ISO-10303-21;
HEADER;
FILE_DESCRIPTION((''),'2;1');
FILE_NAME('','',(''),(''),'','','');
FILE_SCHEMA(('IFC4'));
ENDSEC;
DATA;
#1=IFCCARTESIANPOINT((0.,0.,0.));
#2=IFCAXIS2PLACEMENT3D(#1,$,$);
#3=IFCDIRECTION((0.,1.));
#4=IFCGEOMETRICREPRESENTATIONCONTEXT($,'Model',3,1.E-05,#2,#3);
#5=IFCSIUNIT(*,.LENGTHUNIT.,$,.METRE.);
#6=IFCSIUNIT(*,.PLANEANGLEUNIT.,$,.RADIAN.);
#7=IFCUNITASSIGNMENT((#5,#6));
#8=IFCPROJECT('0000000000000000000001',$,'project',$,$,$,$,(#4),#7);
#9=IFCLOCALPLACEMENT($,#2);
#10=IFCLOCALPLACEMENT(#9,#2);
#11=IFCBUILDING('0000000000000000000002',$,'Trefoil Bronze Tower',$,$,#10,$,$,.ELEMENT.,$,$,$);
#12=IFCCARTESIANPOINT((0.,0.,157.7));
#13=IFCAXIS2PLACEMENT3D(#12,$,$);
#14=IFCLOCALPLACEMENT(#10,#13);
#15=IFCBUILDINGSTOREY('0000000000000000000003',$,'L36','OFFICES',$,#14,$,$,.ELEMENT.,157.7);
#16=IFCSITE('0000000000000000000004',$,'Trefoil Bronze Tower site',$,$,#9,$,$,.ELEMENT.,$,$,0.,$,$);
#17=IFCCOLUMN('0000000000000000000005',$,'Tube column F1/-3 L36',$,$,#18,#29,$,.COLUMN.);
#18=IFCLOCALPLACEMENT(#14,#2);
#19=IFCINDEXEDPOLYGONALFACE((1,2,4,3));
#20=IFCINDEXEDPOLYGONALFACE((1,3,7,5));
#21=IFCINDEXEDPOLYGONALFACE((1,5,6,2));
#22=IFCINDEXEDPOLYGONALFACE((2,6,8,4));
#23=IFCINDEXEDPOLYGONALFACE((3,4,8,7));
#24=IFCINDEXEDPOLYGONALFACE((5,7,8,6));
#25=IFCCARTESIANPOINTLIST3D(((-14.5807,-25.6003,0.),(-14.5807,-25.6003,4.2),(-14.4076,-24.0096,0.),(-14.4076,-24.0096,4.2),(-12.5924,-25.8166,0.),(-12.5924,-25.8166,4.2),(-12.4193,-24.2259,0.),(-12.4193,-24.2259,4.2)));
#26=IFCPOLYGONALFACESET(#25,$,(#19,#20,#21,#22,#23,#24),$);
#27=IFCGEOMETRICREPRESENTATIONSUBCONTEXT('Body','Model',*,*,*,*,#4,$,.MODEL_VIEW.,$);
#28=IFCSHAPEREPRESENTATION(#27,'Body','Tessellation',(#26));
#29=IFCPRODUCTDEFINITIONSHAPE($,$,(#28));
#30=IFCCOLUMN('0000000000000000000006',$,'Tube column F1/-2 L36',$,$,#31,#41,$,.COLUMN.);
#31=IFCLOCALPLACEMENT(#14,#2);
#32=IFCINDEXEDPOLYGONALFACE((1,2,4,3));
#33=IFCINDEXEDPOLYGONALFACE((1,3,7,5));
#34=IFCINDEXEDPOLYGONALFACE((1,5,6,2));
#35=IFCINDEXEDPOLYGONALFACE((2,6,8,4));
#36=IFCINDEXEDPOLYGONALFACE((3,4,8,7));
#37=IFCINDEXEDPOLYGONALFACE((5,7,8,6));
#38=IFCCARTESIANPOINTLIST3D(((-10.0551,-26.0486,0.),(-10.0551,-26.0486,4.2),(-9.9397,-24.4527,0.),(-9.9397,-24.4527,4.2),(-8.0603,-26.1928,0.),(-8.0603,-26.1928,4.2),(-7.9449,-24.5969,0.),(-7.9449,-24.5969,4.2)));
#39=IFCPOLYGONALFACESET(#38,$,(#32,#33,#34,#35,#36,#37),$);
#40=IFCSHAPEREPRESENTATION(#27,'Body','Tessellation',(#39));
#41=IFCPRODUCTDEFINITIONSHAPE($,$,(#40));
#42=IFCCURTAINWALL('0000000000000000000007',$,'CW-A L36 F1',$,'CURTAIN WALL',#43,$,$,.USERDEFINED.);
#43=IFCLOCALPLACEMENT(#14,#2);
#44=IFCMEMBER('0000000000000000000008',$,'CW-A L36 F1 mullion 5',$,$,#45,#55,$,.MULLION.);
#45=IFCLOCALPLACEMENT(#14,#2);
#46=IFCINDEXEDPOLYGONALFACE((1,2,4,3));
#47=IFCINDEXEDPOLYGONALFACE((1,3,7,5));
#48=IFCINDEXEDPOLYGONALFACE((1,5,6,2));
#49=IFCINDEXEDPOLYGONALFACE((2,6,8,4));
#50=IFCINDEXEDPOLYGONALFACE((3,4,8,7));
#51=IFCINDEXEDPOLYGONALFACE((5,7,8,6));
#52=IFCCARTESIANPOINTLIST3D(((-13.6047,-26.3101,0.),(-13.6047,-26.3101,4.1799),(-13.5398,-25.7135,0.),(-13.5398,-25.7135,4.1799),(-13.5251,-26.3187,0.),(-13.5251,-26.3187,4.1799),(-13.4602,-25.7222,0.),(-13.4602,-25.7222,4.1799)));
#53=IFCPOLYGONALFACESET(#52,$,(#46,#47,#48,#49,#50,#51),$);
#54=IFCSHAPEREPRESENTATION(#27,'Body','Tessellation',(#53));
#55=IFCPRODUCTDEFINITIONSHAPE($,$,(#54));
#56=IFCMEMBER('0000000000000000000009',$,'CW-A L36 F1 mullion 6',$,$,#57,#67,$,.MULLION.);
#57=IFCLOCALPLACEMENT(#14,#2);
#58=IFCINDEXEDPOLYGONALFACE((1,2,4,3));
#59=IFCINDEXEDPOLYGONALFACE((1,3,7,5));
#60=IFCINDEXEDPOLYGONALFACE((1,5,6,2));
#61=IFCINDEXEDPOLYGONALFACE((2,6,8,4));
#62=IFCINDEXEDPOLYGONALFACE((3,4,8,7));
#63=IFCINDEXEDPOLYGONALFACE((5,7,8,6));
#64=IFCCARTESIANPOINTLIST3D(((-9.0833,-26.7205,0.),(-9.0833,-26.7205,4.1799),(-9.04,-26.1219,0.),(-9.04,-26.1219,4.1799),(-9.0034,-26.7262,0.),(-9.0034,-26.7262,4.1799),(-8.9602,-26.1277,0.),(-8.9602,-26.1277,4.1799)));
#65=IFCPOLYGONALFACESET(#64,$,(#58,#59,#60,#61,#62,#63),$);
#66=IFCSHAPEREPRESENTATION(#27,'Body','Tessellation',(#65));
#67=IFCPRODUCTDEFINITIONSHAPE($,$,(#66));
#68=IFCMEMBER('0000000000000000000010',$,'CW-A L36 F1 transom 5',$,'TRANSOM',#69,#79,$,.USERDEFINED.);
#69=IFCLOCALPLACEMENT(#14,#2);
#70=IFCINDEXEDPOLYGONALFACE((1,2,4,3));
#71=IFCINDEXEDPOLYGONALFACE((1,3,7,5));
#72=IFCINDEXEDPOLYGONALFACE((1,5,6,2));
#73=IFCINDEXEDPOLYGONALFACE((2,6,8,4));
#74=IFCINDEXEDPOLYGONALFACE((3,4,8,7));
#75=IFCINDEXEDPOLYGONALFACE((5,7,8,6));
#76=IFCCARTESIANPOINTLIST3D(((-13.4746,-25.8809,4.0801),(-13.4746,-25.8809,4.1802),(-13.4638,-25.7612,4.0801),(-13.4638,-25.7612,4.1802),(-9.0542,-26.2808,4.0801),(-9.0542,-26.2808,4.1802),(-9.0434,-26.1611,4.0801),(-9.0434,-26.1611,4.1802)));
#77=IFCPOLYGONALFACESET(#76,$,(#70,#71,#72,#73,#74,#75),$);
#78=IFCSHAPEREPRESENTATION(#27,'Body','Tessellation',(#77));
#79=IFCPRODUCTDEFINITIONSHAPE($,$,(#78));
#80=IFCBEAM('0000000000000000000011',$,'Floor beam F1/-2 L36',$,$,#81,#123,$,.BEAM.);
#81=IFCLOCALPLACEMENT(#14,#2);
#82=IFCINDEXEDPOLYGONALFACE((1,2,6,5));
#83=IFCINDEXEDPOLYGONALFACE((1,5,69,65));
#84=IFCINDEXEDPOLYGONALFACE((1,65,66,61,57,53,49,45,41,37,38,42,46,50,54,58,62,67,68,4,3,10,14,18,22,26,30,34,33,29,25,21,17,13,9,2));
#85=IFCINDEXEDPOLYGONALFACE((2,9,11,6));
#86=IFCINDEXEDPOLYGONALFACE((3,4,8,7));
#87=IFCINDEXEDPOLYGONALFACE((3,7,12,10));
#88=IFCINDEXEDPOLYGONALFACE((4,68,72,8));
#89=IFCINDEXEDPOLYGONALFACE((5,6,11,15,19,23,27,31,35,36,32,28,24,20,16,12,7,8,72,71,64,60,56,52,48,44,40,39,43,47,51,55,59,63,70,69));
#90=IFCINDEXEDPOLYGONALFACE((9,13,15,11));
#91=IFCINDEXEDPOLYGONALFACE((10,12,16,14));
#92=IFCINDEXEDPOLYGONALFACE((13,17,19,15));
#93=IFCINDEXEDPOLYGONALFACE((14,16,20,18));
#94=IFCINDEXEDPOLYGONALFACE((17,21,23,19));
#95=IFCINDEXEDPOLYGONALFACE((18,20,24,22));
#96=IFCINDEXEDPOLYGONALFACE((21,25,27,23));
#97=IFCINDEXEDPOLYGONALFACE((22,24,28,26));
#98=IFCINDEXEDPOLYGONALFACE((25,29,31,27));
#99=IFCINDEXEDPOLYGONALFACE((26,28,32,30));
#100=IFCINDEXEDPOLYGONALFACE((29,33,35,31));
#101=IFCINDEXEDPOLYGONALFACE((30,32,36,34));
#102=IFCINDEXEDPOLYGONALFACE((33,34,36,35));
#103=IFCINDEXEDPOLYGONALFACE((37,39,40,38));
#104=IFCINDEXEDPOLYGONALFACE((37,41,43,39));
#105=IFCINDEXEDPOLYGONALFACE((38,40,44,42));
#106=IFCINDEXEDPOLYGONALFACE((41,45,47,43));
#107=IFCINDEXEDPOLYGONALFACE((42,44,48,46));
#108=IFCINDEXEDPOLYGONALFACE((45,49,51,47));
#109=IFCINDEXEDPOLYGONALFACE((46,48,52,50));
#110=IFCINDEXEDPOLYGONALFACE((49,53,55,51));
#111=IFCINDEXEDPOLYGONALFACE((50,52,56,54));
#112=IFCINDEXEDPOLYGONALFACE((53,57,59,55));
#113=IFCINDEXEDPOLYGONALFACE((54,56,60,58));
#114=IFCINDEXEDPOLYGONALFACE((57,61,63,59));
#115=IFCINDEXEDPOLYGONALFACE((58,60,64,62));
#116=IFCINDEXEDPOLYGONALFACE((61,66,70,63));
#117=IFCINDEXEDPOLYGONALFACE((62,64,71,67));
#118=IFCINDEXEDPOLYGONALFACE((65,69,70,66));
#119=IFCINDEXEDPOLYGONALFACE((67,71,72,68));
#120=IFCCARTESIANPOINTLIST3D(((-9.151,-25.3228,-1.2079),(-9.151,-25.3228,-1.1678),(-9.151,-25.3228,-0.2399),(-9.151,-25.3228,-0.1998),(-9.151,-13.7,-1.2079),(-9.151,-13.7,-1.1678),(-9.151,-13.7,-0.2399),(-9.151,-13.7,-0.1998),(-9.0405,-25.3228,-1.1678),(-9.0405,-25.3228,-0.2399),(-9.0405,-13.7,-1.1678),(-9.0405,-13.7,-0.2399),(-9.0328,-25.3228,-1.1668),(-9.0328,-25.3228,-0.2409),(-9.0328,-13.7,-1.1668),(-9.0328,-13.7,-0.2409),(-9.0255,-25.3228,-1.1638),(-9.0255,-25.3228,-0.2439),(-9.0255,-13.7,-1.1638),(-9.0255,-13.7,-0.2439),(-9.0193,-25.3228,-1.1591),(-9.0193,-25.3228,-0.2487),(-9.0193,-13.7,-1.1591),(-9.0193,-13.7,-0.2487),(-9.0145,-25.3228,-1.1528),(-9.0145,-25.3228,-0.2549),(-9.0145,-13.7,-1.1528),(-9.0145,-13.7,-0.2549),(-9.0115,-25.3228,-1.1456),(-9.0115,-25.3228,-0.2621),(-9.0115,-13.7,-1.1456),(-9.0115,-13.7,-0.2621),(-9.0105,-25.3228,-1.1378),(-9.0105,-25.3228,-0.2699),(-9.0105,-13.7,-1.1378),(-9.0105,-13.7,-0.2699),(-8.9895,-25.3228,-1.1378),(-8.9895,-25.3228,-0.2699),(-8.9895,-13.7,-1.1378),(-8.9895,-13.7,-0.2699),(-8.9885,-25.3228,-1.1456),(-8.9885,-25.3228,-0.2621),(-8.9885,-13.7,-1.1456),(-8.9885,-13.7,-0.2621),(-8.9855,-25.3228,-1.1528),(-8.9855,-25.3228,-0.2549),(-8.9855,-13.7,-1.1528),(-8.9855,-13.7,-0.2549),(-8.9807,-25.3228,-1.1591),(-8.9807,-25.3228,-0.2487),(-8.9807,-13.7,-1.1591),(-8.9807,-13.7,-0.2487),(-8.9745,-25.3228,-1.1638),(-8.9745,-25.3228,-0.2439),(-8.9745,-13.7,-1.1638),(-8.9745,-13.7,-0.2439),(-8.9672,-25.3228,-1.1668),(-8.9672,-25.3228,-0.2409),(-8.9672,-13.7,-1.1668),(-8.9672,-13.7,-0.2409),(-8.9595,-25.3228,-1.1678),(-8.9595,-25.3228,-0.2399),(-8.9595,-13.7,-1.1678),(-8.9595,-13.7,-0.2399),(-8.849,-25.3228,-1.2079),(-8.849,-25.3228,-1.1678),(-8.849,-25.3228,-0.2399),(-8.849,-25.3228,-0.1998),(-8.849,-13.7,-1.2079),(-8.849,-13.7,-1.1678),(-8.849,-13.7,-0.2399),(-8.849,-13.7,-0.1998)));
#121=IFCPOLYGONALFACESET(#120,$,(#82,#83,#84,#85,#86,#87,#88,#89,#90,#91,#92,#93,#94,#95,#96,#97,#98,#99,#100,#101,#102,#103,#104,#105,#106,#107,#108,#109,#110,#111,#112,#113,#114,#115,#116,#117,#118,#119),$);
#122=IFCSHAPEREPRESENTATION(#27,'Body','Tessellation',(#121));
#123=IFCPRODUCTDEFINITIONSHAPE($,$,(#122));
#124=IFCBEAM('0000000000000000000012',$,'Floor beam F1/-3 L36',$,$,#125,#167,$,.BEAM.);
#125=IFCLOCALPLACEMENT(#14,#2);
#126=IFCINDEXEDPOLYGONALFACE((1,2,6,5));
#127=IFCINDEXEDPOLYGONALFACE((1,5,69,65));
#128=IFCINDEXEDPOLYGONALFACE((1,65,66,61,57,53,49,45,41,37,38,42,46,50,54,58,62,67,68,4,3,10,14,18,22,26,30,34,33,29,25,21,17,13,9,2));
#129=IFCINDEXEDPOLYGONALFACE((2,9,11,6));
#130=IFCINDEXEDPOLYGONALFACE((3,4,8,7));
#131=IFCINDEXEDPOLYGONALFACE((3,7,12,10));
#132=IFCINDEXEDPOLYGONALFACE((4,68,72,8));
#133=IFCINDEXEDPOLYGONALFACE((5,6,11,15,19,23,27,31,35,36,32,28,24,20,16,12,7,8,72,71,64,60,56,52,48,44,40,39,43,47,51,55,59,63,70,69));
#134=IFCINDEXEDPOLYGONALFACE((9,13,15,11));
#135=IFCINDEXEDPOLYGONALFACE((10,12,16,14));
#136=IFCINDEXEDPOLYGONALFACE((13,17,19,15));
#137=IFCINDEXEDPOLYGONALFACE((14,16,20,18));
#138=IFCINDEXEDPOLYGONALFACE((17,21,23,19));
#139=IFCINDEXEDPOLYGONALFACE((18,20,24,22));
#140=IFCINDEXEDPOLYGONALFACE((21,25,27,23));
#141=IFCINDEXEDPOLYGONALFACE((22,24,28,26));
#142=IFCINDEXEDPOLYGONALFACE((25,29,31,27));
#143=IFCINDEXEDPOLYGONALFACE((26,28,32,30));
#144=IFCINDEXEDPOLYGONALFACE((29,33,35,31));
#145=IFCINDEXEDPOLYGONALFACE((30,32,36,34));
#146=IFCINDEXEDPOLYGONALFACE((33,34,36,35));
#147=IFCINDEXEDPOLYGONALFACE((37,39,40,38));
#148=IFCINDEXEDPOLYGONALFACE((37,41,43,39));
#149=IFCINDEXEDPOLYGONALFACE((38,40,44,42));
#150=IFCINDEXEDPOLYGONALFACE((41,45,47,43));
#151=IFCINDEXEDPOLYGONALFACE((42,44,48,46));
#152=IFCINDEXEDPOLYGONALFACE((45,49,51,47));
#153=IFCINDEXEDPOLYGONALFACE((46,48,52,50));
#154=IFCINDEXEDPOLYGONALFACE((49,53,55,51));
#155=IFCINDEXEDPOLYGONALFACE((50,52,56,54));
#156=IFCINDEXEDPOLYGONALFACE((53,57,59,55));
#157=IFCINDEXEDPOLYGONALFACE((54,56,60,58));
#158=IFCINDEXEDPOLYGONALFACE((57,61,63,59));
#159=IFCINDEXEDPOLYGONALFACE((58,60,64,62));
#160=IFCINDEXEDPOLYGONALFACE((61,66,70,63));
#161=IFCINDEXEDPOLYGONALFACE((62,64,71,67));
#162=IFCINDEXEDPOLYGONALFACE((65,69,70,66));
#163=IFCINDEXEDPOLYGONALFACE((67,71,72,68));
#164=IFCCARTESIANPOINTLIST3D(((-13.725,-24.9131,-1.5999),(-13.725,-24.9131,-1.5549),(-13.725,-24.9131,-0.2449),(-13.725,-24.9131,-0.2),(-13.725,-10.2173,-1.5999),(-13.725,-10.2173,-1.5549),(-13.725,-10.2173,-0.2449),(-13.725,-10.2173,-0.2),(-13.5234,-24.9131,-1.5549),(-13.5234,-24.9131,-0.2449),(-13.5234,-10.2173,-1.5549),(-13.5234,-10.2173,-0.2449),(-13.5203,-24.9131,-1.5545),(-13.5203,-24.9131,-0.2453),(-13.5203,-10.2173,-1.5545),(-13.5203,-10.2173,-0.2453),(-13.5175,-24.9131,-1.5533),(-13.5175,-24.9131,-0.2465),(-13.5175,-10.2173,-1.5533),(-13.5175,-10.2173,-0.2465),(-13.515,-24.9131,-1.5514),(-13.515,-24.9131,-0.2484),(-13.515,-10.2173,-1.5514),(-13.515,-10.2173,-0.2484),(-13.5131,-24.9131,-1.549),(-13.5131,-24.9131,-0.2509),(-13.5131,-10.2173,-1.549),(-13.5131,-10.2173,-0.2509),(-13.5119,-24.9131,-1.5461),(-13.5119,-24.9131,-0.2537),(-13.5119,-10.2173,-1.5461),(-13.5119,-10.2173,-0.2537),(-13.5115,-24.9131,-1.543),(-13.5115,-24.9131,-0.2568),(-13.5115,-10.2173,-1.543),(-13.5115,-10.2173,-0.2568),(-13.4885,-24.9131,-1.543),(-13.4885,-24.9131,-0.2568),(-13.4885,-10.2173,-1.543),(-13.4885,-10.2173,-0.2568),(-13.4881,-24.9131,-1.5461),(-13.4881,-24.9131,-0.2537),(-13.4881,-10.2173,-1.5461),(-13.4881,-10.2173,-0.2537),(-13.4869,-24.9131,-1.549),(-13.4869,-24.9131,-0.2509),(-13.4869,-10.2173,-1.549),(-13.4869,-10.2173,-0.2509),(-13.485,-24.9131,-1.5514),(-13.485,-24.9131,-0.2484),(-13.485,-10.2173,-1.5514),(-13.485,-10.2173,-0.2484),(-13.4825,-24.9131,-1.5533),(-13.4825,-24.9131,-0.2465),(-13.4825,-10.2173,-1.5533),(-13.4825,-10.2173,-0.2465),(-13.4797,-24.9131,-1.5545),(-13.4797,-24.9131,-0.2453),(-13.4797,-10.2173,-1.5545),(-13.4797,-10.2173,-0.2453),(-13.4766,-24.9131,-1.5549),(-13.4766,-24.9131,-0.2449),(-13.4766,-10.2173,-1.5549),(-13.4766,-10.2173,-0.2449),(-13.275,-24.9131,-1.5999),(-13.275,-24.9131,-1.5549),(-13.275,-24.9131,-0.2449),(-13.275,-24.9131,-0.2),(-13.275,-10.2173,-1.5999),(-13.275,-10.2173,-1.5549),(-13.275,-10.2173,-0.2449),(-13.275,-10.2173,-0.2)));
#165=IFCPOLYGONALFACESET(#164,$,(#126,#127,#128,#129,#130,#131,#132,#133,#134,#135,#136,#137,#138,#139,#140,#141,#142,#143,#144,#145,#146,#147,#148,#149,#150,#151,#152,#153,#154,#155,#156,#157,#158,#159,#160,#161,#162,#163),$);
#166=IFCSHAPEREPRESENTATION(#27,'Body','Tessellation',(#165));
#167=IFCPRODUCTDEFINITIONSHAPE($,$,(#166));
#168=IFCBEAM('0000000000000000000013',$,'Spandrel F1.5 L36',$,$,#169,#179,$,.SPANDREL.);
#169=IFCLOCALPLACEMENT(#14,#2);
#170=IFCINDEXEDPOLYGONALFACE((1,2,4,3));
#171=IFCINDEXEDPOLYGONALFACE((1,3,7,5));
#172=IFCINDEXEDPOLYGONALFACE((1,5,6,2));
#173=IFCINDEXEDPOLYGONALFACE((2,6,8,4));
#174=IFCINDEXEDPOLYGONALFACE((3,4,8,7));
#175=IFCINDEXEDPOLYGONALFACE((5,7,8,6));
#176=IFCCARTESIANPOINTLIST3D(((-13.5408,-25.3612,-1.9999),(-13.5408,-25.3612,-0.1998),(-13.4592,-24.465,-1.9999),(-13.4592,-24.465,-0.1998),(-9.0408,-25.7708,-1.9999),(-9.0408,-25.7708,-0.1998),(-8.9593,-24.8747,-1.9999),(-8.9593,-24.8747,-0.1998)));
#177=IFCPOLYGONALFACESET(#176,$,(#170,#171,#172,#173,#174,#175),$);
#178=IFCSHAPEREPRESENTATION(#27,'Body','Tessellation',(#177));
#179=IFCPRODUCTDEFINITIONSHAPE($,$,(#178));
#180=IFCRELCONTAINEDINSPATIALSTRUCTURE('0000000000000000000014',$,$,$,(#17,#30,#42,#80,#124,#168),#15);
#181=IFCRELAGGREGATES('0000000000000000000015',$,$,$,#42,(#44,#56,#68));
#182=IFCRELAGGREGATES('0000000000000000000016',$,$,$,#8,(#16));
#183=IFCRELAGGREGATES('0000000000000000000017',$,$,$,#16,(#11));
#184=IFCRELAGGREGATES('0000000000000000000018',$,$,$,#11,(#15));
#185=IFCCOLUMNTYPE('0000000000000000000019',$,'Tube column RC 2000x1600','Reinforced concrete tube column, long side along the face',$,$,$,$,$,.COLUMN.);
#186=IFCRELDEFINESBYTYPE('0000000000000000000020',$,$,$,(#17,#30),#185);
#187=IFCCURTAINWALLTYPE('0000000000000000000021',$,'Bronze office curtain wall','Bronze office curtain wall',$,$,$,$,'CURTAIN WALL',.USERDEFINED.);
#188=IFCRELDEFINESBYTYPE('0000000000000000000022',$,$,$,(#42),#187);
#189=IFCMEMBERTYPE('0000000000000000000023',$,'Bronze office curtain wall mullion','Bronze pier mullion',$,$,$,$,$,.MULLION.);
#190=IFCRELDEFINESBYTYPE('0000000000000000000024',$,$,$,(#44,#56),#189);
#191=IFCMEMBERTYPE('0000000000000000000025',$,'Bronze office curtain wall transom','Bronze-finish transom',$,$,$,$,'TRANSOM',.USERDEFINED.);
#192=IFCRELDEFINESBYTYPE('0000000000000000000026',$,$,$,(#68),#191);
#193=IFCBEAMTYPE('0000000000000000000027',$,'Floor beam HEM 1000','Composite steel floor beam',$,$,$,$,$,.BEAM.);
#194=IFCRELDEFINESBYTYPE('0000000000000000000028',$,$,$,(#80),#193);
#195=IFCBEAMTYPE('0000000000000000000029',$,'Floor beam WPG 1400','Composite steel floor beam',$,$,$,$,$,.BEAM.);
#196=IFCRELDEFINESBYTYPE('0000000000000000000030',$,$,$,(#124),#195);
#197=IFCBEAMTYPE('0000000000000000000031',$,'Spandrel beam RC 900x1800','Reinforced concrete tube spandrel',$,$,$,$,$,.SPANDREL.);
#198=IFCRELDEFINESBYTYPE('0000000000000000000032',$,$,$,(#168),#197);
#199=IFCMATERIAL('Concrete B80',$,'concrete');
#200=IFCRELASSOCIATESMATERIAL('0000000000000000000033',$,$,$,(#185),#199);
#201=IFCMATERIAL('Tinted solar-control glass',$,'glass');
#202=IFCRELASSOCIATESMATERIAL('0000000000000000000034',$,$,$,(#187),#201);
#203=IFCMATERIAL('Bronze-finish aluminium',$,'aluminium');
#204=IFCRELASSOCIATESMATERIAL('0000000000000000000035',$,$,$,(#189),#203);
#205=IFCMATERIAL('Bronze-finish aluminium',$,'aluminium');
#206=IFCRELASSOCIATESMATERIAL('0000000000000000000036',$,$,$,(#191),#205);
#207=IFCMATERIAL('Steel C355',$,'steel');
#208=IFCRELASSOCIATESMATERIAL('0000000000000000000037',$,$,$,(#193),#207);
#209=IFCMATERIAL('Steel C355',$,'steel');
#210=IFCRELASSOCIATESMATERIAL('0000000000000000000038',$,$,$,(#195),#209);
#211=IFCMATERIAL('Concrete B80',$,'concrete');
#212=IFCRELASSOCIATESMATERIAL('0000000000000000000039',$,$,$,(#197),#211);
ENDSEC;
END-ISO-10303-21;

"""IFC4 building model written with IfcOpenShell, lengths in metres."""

from ifc_helpers import new_model, si_unit, direction, frame, origin, origin_2d, place, context, subcontext, project, spatial, rectangle, i_section, extrude, material, material_profile, profile_set, type_object, element, aggregate, save


model = new_model("IFC4")

# Units and contexts
model_context = context("Model", 3, precision=1e-05, world=origin(), true_north=direction((0.0, 1.0)))
body_context = subcontext(model_context, "Body", "Model", "MODEL_VIEW")
ifc_project = project(units=[si_unit("LENGTHUNIT", "METRE"), si_unit("PLANEANGLEUNIT", "RADIAN")], contexts=[model_context])

# Site, building, storey
site_placement = place(None, origin())
site = spatial("IfcSite", under=ifc_project, at=site_placement, Name="Trefoil Bronze Tower site", CompositionType="ELEMENT", RefElevation=0.0)
building_placement = place(site_placement, origin())
building = spatial("IfcBuilding", under=site, at=building_placement, Name="Trefoil Bronze Tower", CompositionType="ELEMENT")
storey_placement = place(building_placement, frame((0.0, 0.0, 157.7)))
storey = spatial("IfcBuildingStorey", under=building, at=storey_placement, Name="L36", Description="OFFICES", CompositionType="ELEMENT", Elevation=157.7)

# Columns
ifc_material_1 = material(Name="Concrete B80", Category="concrete")
ifc_material_profile_1 = material_profile(ifc_material_1, rectangle(XDim=2.0, YDim=1.6001, at=origin_2d()), Name="RC 2000x1600")
ifc_profile_set_1 = profile_set([ifc_material_profile_1], Name="Concrete B80")
column_type = type_object("IfcColumnType", Name="Tube column RC 2000x1600", Description="Reinforced concrete tube column, long side along the face", PredefinedType="COLUMN", material=ifc_profile_set_1)
for number, where, z_axis, x_axis, name in (
    (1, (-13.5, -24.9131, 0.0), (0.0, 0.0, 1.0), (0.994135, -0.108144, 0.0), "Tube column F1/-3 L36"),
    (2, (-9.0, -25.3228, 0.0), (0.0, 0.0, 1.0), (0.997398, -0.072096, 0.0), "Tube column F1/-2 L36"),
):
    element("IfcColumn", number, at=place(storey_placement, frame(where, z_axis=z_axis, x_axis=x_axis)), inside=storey, type_object=column_type, Name=name, PredefinedType="COLUMN", context=body_context, shape_type="SweptSolid", body=[
        extrude(rectangle(XDim=2.0, YDim=1.6001, at=origin_2d()), origin(), (0.0, 0.0, 1.0), 4.2),
    ])

# Curtain wall, members
ifc_material_2 = material(Name="Tinted solar-control glass", Category="glass")
curtain_wall_type = type_object("IfcCurtainWallType", Name="Bronze office curtain wall", Description="Bronze office curtain wall", ElementType="CURTAIN WALL", PredefinedType="USERDEFINED", material=ifc_material_2)
curtain_wall_placement = place(storey_placement, origin())
curtain_wall = element("IfcCurtainWall", 3, at=curtain_wall_placement, inside=storey, type_object=curtain_wall_type, Name="CW-A L36 F1", ObjectType="CURTAIN WALL", PredefinedType="USERDEFINED")
ifc_material_3 = material(Name="Bronze-finish aluminium", Category="aluminium")
ifc_material_profile_2 = material_profile(ifc_material_3, rectangle(XDim=0.6001, YDim=0.0801, at=origin_2d()), Name="CW-A mullion")
ifc_profile_set_2 = profile_set([ifc_material_profile_2], Name="Bronze-finish aluminium")
member_type_1 = type_object("IfcMemberType", Name="Bronze office curtain wall mullion", Description="Bronze pier mullion", PredefinedType="MULLION", material=ifc_profile_set_2)
member_1_placement = place(storey_placement, frame((-13.5325, -26.0161, 0.0), z_axis=(0.0, 0.0, 1.0), x_axis=(0.108144, 0.994135, 0.0)))
member_1 = element("IfcMember", 4, at=member_1_placement, type_object=member_type_1, Name="CW-A L36 F1 mullion 5", PredefinedType="MULLION", context=body_context, shape_type="SweptSolid", body=[
    extrude(rectangle(XDim=0.6001, YDim=0.0801, at=origin_2d()), origin(), (0.0, 0.0, 1.0), 4.1799),
])
member_2_placement = place(storey_placement, frame((-9.0217, -26.4241, 0.0), z_axis=(0.0, 0.0, 1.0), x_axis=(0.072096, 0.997398, 0.0)))
member_2 = element("IfcMember", 5, at=member_2_placement, type_object=member_type_1, Name="CW-A L36 F1 mullion 6", PredefinedType="MULLION", context=body_context, shape_type="SweptSolid", body=[
    extrude(rectangle(XDim=0.6001, YDim=0.0801, at=origin_2d()), origin(), (0.0, 0.0, 1.0), 4.1799),
])
ifc_material_4 = material(Name="Bronze-finish aluminium", Category="aluminium")
ifc_material_profile_3 = material_profile(ifc_material_4, rectangle(XDim=0.1201, YDim=0.1001, at=origin_2d()), Name="CW-A transom")
ifc_profile_set_3 = profile_set([ifc_material_profile_3], Name="Bronze-finish aluminium")
member_type_2 = type_object("IfcMemberType", Name="Bronze office curtain wall transom", Description="Bronze-finish transom", ElementType="TRANSOM", PredefinedType="USERDEFINED", material=ifc_profile_set_3)
member_3_placement = place(storey_placement, frame((-13.4692, -25.821, 4.1301), z_axis=(0.995933, -0.090099, 0.0), x_axis=(0.090099, 0.995933, 0.0)))
member_3 = element("IfcMember", 6, at=member_3_placement, type_object=member_type_2, Name="CW-A L36 F1 transom 5", ObjectType="TRANSOM", PredefinedType="USERDEFINED", context=body_context, shape_type="SweptSolid", body=[
    extrude(rectangle(XDim=0.1201, YDim=0.1001, at=origin_2d()), origin(), (0.0, 0.0, 1.0), 4.4385),
])

# Beams
ifc_material_5 = material(Name="Steel C355", Category="steel")
ifc_material_profile_4 = material_profile(ifc_material_5, i_section(OverallWidth=0.302, OverallDepth=1.0081, WebThickness=0.021, FlangeThickness=0.04, FilletRadius=0.03, at=origin_2d()), Name="HEM 1000")
ifc_profile_set_4 = profile_set([ifc_material_profile_4], Name="Steel C355")
beam_type_1 = type_object("IfcBeamType", Name="Floor beam HEM 1000", Description="Composite steel floor beam", PredefinedType="BEAM", material=ifc_profile_set_4)
beam_1_placement = place(storey_placement, frame((-9.0, -25.3228, -0.7039), z_axis=(0.0, 1.0, 0.0), x_axis=(-1.0, 0.0, 0.0)))
element("IfcBeam", 7, at=beam_1_placement, inside=storey, type_object=beam_type_1, Name="Floor beam F1/-2 L36", PredefinedType="BEAM", context=body_context, shape_type="SweptSolid", body=[
    extrude(i_section(OverallWidth=0.302, OverallDepth=1.0081, WebThickness=0.021, FlangeThickness=0.04, FilletRadius=0.03, at=origin_2d()), origin(), (0.0, 0.0, 1.0), 11.6228),
])
ifc_material_6 = material(Name="Steel C355", Category="steel")
ifc_material_profile_5 = material_profile(ifc_material_6, i_section(OverallWidth=0.45, OverallDepth=1.3999, WebThickness=0.0229, FlangeThickness=0.0449, FilletRadius=0.012, at=origin_2d()), Name="WPG 1400")
ifc_profile_set_5 = profile_set([ifc_material_profile_5], Name="Steel C355")
beam_type_2 = type_object("IfcBeamType", Name="Floor beam WPG 1400", Description="Composite steel floor beam", PredefinedType="BEAM", material=ifc_profile_set_5)
beam_2_placement = place(storey_placement, frame((-13.5, -24.9131, -0.8999), z_axis=(0.0, 1.0, 0.0), x_axis=(-1.0, 0.0, 0.0)))
element("IfcBeam", 8, at=beam_2_placement, inside=storey, type_object=beam_type_2, Name="Floor beam F1/-3 L36", PredefinedType="BEAM", context=body_context, shape_type="SweptSolid", body=[
    extrude(i_section(OverallWidth=0.45, OverallDepth=1.3999, WebThickness=0.0229, FlangeThickness=0.0449, FilletRadius=0.012, at=origin_2d()), origin(), (0.0, 0.0, 1.0), 14.6958),
])
ifc_material_7 = material(Name="Concrete B80", Category="concrete")
ifc_material_profile_6 = material_profile(ifc_material_7, rectangle(XDim=0.8999, YDim=1.8, at=origin_2d()), Name="RC 900x1800")
ifc_profile_set_6 = profile_set([ifc_material_profile_6], Name="Concrete B80")
beam_type_3 = type_object("IfcBeamType", Name="Spandrel beam RC 900x1800", Description="Reinforced concrete tube spandrel", PredefinedType="SPANDREL", material=ifc_profile_set_6)
beam_3_placement = place(storey_placement, frame((-13.5, -24.9131, -1.0999), z_axis=(0.995882, -0.090662, 0.0), x_axis=(0.090662, 0.995882, 0.0)))
element("IfcBeam", 9, at=beam_3_placement, inside=storey, type_object=beam_type_3, Name="Spandrel F1.5 L36", PredefinedType="SPANDREL", context=body_context, shape_type="SweptSolid", body=[
    extrude(rectangle(XDim=0.8999, YDim=1.8, at=origin_2d()), origin(), (0.0, 0.0, 1.0), 4.5186),
])

aggregate(curtain_wall, [member_1, member_2, member_3])

save(model, "model.ifc")
